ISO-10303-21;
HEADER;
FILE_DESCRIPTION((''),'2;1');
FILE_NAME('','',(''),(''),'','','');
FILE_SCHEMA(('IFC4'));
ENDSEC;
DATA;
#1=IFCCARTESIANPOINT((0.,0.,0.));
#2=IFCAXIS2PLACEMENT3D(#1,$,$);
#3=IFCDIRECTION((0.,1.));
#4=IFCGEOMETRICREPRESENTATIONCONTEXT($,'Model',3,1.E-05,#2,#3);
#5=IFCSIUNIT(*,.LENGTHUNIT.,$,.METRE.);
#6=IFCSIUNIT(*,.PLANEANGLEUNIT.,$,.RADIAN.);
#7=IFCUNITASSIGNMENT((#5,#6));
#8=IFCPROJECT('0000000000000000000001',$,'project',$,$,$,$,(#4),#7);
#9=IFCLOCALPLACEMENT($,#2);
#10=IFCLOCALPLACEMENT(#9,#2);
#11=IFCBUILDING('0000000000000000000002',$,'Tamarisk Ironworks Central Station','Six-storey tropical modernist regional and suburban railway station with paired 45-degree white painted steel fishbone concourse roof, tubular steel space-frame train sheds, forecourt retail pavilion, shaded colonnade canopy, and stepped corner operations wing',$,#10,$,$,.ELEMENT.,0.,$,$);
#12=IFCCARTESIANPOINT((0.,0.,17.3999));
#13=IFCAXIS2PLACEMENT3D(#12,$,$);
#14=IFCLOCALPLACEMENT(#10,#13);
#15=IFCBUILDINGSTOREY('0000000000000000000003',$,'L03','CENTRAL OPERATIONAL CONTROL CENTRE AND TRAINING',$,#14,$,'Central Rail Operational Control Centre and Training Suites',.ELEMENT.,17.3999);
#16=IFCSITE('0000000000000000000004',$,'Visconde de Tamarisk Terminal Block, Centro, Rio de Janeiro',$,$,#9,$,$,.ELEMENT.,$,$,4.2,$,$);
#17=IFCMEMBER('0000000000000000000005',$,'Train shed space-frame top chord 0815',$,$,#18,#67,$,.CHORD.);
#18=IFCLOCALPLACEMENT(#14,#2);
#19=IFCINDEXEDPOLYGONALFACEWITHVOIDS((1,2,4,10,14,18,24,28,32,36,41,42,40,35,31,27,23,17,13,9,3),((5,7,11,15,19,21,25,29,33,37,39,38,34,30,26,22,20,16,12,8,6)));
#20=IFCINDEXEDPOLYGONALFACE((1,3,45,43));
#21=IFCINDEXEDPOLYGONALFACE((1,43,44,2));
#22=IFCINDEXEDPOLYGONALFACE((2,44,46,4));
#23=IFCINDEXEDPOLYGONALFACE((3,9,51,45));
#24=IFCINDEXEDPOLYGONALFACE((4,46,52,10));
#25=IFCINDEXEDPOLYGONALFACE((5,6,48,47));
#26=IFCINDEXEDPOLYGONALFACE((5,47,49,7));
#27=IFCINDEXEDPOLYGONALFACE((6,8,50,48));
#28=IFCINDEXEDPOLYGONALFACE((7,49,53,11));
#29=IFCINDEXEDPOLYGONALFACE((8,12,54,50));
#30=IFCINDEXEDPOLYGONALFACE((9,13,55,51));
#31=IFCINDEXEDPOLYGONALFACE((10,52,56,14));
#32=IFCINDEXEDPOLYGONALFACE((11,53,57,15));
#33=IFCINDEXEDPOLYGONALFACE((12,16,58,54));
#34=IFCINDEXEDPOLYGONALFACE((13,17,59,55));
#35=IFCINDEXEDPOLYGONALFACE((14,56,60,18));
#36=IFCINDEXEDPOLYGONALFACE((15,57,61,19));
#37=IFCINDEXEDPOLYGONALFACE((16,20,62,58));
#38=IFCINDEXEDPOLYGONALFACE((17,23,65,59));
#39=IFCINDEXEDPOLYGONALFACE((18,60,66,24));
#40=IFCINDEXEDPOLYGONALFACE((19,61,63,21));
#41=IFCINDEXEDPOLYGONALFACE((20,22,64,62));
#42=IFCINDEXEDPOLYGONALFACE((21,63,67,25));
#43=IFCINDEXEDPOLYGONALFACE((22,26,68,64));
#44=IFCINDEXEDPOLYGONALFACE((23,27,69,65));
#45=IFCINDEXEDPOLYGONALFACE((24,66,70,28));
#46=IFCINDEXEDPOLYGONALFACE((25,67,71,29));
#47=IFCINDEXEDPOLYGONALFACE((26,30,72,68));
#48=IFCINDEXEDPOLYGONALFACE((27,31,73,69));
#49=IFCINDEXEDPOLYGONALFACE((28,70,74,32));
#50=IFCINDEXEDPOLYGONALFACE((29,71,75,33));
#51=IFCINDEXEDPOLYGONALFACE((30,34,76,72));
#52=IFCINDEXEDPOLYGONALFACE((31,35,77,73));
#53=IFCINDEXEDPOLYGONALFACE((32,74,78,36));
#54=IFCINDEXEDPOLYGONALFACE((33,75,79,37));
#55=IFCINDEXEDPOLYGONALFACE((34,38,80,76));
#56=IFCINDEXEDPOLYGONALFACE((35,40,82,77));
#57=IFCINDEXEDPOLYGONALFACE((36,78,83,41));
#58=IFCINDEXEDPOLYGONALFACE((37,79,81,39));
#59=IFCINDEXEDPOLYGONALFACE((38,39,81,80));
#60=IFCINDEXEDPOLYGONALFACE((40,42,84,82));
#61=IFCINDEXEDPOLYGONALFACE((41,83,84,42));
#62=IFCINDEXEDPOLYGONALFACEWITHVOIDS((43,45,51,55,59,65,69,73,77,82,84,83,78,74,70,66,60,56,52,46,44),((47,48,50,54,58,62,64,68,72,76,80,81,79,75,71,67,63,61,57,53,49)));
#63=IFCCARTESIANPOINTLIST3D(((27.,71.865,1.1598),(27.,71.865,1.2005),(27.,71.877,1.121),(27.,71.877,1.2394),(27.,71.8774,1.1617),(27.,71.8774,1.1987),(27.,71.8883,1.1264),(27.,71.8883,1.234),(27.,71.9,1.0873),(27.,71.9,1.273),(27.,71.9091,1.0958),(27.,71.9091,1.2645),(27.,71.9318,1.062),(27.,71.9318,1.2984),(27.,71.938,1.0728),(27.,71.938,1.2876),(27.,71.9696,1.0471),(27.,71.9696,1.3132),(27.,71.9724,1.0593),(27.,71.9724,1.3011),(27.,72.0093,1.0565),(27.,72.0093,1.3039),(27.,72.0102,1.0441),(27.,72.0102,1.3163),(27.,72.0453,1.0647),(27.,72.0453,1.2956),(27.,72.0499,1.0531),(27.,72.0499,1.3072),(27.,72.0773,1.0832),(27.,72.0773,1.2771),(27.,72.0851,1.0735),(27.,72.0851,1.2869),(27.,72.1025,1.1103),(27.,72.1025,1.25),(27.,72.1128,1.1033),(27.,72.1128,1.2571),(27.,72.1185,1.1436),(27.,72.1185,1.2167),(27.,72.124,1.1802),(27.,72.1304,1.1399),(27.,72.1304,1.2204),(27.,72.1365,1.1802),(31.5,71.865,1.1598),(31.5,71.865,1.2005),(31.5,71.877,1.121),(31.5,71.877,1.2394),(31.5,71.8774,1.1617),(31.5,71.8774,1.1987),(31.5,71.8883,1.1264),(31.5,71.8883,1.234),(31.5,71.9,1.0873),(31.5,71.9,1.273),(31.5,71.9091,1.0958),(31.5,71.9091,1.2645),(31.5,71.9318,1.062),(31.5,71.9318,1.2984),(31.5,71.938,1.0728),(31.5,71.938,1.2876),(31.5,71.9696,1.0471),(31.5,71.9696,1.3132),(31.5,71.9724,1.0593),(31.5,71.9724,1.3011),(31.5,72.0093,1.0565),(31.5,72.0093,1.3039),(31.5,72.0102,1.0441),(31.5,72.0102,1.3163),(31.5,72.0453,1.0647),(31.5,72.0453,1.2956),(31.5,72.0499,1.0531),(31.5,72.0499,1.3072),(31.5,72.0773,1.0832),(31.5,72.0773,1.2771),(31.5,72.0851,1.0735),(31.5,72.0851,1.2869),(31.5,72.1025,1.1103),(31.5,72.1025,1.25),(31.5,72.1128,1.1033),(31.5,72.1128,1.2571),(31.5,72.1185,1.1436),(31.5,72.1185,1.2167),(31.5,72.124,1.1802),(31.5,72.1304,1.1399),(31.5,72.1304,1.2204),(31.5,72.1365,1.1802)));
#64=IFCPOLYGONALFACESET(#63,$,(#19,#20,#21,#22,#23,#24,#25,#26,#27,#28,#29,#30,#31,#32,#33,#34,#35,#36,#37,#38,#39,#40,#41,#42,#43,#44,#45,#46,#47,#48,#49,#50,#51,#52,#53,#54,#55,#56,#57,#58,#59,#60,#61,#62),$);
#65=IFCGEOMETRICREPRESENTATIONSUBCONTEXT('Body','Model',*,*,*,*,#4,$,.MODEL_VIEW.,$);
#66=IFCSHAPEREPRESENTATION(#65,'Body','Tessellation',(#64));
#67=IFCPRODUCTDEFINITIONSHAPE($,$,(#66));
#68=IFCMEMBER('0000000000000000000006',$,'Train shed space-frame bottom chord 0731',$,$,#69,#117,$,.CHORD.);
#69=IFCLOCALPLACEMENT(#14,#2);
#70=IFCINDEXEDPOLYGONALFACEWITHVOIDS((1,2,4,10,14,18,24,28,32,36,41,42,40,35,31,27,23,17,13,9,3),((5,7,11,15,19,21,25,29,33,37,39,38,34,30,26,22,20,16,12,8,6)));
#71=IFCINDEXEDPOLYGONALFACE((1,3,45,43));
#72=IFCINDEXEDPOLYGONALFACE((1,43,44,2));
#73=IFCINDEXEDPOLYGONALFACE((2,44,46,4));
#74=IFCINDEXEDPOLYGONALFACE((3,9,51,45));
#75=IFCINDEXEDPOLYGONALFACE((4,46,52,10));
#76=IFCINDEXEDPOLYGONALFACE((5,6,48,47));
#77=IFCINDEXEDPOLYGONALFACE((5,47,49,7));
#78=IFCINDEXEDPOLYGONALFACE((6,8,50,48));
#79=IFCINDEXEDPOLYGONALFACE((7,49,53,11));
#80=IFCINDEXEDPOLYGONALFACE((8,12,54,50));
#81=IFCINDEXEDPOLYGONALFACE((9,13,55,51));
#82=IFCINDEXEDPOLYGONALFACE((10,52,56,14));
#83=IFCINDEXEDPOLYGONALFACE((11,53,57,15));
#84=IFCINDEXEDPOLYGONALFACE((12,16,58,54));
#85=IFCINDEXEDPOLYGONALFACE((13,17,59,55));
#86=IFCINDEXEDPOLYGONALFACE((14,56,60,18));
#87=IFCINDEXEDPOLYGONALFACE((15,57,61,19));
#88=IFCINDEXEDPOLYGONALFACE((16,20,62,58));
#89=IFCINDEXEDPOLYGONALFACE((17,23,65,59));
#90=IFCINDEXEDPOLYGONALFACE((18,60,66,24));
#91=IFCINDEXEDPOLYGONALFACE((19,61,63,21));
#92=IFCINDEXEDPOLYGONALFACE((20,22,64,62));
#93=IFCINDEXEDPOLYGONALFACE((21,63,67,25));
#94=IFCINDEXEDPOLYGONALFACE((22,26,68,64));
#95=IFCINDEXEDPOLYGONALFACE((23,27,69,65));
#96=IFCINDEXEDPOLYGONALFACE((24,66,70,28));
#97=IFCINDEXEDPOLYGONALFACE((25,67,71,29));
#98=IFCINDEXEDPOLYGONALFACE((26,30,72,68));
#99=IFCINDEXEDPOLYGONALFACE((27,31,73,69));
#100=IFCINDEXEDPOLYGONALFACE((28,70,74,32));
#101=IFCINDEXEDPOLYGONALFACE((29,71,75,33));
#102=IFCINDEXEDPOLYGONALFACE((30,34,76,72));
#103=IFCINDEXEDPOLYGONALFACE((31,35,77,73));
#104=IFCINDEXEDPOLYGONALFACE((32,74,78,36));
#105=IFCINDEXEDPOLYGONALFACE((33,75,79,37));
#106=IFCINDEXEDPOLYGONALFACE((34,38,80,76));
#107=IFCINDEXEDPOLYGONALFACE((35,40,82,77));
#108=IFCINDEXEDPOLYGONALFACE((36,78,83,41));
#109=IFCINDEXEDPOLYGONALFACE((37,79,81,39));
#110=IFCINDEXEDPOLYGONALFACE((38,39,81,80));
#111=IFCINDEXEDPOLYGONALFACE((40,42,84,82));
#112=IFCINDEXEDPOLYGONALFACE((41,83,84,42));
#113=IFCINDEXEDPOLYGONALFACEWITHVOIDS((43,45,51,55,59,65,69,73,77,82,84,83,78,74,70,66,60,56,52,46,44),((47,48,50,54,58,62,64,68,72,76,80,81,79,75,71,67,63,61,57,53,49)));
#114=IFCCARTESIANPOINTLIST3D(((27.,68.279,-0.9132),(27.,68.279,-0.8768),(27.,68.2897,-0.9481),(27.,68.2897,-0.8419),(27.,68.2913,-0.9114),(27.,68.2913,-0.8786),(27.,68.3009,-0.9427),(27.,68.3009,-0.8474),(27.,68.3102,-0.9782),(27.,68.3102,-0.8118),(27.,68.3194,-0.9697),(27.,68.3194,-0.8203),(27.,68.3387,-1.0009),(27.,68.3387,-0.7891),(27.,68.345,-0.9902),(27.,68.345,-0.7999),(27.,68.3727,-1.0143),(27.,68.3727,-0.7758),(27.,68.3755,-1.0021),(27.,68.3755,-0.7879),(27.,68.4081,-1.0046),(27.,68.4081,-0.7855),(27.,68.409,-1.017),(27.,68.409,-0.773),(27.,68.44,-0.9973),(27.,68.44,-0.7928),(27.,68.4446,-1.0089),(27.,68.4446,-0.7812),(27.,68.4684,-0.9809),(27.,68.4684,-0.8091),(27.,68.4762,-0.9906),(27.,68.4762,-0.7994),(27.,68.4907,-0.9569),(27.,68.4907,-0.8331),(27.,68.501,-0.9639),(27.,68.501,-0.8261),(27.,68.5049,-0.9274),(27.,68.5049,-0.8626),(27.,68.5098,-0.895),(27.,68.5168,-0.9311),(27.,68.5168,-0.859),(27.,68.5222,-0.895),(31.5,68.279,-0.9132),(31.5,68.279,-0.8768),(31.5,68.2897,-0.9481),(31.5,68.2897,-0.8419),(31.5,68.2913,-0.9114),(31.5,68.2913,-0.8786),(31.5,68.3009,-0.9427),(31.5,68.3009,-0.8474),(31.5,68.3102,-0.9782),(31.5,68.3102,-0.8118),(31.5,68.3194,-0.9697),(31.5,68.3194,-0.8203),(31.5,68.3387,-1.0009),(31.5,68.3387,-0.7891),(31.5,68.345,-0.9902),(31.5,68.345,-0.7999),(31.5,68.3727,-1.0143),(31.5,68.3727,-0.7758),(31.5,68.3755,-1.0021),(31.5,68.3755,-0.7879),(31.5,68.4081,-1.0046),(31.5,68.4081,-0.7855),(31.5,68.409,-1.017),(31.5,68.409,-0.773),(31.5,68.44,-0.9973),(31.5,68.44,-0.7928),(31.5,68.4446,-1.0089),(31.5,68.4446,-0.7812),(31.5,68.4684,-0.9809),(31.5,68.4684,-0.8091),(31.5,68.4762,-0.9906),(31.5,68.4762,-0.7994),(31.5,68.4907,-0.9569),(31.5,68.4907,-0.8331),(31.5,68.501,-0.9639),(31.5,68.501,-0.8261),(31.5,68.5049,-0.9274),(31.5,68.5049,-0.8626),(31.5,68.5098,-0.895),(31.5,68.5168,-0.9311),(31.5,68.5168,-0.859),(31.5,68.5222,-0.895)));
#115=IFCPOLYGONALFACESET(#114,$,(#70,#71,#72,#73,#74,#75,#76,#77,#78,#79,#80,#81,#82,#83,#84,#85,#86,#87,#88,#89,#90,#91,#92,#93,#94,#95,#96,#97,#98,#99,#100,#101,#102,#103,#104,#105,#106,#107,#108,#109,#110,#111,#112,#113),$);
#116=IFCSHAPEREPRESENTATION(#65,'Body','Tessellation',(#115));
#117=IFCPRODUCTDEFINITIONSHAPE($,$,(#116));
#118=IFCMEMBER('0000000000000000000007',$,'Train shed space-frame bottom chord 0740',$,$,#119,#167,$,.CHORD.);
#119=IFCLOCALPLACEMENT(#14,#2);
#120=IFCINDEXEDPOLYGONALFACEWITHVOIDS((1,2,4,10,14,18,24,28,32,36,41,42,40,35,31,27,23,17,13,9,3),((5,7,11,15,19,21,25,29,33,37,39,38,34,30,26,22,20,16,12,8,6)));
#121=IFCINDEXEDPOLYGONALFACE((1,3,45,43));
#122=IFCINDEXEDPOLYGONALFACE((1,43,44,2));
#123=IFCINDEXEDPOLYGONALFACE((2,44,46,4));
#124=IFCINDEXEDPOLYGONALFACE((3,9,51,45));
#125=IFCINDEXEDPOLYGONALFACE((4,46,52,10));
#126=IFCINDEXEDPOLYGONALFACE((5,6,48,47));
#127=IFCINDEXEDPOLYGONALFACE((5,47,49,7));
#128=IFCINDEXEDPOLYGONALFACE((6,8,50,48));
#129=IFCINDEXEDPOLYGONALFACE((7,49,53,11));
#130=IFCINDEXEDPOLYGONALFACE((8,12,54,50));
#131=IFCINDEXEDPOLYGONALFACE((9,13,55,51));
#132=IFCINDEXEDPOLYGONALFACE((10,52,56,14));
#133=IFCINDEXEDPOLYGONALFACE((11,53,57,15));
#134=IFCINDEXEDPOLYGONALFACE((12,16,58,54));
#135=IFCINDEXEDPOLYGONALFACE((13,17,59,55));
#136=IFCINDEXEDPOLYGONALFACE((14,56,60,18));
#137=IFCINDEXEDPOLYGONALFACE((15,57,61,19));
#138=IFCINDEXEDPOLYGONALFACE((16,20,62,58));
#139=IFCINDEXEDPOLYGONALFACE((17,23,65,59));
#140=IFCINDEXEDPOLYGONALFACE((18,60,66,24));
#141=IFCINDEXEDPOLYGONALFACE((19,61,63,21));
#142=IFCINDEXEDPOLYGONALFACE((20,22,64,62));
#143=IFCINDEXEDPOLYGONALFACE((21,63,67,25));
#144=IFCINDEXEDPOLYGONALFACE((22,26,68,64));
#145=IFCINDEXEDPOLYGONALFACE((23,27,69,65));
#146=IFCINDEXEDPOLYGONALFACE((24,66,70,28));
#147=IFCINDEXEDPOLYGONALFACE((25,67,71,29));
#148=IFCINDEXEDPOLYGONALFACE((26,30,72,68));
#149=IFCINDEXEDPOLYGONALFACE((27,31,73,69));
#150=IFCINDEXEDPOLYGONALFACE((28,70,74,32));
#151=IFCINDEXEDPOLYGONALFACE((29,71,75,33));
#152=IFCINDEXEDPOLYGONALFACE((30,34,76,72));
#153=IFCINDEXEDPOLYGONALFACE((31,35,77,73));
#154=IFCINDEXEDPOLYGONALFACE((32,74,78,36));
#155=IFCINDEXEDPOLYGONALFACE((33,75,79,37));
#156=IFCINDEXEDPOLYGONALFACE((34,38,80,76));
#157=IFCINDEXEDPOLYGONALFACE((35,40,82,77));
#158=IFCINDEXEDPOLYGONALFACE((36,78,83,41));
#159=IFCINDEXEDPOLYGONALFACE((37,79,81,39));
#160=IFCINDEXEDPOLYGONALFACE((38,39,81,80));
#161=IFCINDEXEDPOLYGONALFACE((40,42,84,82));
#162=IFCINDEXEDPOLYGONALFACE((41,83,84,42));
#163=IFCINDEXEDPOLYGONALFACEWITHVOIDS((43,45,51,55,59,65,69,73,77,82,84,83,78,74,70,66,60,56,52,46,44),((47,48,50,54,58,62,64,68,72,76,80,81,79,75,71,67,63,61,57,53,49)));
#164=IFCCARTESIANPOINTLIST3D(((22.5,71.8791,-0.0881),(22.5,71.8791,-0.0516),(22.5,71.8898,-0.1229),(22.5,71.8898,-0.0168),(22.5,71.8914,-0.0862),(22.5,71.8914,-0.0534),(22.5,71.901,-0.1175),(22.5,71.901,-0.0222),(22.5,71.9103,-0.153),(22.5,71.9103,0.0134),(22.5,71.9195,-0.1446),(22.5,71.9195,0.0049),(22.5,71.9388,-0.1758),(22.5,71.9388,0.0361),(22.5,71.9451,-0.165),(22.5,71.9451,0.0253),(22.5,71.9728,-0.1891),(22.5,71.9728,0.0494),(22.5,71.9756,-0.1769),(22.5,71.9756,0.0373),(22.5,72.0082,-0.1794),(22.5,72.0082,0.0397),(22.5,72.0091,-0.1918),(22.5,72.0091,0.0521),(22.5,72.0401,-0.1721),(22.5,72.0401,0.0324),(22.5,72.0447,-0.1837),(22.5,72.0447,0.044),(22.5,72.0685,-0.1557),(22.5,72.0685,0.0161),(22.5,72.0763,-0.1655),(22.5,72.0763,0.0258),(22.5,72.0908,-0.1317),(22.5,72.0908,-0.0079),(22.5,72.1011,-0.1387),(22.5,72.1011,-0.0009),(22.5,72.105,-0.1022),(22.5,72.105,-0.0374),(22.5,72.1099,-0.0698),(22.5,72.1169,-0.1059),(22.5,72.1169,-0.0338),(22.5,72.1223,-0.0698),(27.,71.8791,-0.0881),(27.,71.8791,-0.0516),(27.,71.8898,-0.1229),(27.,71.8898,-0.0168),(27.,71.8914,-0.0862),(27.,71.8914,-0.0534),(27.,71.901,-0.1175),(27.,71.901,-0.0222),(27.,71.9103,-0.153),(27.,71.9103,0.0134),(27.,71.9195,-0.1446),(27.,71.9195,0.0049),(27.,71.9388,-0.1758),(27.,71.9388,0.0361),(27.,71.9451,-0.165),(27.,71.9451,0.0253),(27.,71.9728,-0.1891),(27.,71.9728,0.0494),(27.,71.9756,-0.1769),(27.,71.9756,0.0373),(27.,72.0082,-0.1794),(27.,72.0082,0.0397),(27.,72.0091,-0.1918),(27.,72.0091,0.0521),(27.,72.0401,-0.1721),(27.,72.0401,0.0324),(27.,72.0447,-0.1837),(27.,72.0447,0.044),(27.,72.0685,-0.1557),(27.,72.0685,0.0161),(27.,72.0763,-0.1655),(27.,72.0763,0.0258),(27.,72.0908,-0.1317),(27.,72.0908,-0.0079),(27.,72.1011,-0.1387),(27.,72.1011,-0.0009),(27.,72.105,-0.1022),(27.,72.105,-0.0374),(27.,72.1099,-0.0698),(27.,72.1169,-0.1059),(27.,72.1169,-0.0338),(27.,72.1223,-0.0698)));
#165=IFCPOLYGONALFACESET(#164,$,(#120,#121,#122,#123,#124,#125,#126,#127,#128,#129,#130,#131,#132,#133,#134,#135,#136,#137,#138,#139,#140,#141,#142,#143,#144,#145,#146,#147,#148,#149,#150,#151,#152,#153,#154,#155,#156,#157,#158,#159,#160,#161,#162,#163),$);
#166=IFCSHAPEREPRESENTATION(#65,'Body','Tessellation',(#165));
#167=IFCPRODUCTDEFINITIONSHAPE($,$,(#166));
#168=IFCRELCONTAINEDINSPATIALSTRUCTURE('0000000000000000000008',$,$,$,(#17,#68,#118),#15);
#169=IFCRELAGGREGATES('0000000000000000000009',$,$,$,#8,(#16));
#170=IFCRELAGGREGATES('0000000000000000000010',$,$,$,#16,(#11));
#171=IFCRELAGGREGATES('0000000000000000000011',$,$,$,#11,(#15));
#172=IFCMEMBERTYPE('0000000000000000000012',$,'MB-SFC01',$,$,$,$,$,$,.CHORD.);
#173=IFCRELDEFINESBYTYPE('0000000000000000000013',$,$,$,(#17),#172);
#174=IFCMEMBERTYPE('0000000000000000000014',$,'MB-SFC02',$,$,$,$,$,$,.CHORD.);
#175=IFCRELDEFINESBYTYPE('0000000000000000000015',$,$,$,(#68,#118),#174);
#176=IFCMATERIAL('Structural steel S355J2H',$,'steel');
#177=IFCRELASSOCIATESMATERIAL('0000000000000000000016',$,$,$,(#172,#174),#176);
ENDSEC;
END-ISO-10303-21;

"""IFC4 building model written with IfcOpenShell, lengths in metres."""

from ifc_helpers import new_model, si_unit, direction, frame, origin, origin_2d, place, context, subcontext, project, spatial, hollow_circle, extrude, material, material_profile, profile_set, type_object, element, save


model = new_model("IFC4")

# Units and contexts
model_context = context("Model", 3, precision=1e-05, world=origin(), true_north=direction((0.0, 1.0)))
body_context = subcontext(model_context, "Body", "Model", "MODEL_VIEW")
ifc_project = project(units=[si_unit("LENGTHUNIT", "METRE"), si_unit("PLANEANGLEUNIT", "RADIAN")], contexts=[model_context])

# Site, building, storey
site_placement = place(None, origin())
site = spatial("IfcSite", under=ifc_project, at=site_placement, Name="Visconde de Tamarisk Terminal Block, Centro, Rio de Janeiro", CompositionType="ELEMENT", RefElevation=4.2)
building_placement = place(site_placement, origin())
building = spatial("IfcBuilding", under=site, at=building_placement, Name="Tamarisk Ironworks Central Station", Description="Six-storey tropical modernist regional and suburban railway station with paired 45-degree white painted steel fishbone concourse roof, tubular steel space-frame train sheds, forecourt retail pavilion, shaded colonnade canopy, and stepped corner operations wing", CompositionType="ELEMENT", ElevationOfRefHeight=0.0)
storey_placement = place(building_placement, frame((0.0, 0.0, 17.3999)))
storey = spatial("IfcBuildingStorey", under=building, at=storey_placement, Name="L03", Description="CENTRAL OPERATIONAL CONTROL CENTRE AND TRAINING", LongName="Central Rail Operational Control Centre and Training Suites", CompositionType="ELEMENT", Elevation=17.3999)

# Members
ifc_material = material(Name="Structural steel S355J2H", Category="steel")
ifc_material_profile_1 = material_profile(ifc_material, hollow_circle(Radius=0.1365, WallThickness=0.0125, at=origin_2d()), Name="CHS 273x12.5")
ifc_profile_set_1 = profile_set([ifc_material_profile_1], Name="Structural steel S355J2H")
member_type_1 = type_object("IfcMemberType", Name="MB-SFC01", PredefinedType="CHORD", material=ifc_profile_set_1)
for number, where, z_axis, x_axis, name in (
    (1, (27.0, 72.0, 1.1802), (1.0, 0.0, 0.0), (0.0, 1.0, 0.0), "Train shed space-frame top chord 0815"),
):
    element("IfcMember", number, at=place(storey_placement, frame(where, z_axis=z_axis, x_axis=x_axis)), inside=storey, type_object=member_type_1, Name=name, PredefinedType="CHORD", context=body_context, shape_type="SweptSolid", body=[
        extrude(hollow_circle(Radius=0.1365, WallThickness=0.0125, at=origin_2d()), origin(), (0.0, 0.0, 1.0), 4.5),
    ])
ifc_material_profile_2 = material_profile(ifc_material, hollow_circle(Radius=0.1223, WallThickness=0.0125, at=origin_2d()), Name="CHS 244.5x12.5")
ifc_profile_set_2 = profile_set([ifc_material_profile_2], Name="Structural steel S355J2H")
member_type_2 = type_object("IfcMemberType", Name="MB-SFC02", PredefinedType="CHORD", material=ifc_profile_set_2)
for number, where, z_axis, x_axis, name in (
    (2, (27.0, 68.3999, -0.895), (1.0, 0.0, 0.0), (0.0, 1.0, 0.0), "Train shed space-frame bottom chord 0731"),
    (3, (22.5, 72.0, -0.0698), (1.0, 0.0, 0.0), (0.0, 1.0, 0.0), "Train shed space-frame bottom chord 0740"),
):
    element("IfcMember", number, at=place(storey_placement, frame(where, z_axis=z_axis, x_axis=x_axis)), inside=storey, type_object=member_type_2, Name=name, PredefinedType="CHORD", context=body_context, shape_type="SweptSolid", body=[
        extrude(hollow_circle(Radius=0.1223, WallThickness=0.0125, at=origin_2d()), origin(), (0.0, 0.0, 1.0), 4.5),
    ])

save(model, "model.ifc")
